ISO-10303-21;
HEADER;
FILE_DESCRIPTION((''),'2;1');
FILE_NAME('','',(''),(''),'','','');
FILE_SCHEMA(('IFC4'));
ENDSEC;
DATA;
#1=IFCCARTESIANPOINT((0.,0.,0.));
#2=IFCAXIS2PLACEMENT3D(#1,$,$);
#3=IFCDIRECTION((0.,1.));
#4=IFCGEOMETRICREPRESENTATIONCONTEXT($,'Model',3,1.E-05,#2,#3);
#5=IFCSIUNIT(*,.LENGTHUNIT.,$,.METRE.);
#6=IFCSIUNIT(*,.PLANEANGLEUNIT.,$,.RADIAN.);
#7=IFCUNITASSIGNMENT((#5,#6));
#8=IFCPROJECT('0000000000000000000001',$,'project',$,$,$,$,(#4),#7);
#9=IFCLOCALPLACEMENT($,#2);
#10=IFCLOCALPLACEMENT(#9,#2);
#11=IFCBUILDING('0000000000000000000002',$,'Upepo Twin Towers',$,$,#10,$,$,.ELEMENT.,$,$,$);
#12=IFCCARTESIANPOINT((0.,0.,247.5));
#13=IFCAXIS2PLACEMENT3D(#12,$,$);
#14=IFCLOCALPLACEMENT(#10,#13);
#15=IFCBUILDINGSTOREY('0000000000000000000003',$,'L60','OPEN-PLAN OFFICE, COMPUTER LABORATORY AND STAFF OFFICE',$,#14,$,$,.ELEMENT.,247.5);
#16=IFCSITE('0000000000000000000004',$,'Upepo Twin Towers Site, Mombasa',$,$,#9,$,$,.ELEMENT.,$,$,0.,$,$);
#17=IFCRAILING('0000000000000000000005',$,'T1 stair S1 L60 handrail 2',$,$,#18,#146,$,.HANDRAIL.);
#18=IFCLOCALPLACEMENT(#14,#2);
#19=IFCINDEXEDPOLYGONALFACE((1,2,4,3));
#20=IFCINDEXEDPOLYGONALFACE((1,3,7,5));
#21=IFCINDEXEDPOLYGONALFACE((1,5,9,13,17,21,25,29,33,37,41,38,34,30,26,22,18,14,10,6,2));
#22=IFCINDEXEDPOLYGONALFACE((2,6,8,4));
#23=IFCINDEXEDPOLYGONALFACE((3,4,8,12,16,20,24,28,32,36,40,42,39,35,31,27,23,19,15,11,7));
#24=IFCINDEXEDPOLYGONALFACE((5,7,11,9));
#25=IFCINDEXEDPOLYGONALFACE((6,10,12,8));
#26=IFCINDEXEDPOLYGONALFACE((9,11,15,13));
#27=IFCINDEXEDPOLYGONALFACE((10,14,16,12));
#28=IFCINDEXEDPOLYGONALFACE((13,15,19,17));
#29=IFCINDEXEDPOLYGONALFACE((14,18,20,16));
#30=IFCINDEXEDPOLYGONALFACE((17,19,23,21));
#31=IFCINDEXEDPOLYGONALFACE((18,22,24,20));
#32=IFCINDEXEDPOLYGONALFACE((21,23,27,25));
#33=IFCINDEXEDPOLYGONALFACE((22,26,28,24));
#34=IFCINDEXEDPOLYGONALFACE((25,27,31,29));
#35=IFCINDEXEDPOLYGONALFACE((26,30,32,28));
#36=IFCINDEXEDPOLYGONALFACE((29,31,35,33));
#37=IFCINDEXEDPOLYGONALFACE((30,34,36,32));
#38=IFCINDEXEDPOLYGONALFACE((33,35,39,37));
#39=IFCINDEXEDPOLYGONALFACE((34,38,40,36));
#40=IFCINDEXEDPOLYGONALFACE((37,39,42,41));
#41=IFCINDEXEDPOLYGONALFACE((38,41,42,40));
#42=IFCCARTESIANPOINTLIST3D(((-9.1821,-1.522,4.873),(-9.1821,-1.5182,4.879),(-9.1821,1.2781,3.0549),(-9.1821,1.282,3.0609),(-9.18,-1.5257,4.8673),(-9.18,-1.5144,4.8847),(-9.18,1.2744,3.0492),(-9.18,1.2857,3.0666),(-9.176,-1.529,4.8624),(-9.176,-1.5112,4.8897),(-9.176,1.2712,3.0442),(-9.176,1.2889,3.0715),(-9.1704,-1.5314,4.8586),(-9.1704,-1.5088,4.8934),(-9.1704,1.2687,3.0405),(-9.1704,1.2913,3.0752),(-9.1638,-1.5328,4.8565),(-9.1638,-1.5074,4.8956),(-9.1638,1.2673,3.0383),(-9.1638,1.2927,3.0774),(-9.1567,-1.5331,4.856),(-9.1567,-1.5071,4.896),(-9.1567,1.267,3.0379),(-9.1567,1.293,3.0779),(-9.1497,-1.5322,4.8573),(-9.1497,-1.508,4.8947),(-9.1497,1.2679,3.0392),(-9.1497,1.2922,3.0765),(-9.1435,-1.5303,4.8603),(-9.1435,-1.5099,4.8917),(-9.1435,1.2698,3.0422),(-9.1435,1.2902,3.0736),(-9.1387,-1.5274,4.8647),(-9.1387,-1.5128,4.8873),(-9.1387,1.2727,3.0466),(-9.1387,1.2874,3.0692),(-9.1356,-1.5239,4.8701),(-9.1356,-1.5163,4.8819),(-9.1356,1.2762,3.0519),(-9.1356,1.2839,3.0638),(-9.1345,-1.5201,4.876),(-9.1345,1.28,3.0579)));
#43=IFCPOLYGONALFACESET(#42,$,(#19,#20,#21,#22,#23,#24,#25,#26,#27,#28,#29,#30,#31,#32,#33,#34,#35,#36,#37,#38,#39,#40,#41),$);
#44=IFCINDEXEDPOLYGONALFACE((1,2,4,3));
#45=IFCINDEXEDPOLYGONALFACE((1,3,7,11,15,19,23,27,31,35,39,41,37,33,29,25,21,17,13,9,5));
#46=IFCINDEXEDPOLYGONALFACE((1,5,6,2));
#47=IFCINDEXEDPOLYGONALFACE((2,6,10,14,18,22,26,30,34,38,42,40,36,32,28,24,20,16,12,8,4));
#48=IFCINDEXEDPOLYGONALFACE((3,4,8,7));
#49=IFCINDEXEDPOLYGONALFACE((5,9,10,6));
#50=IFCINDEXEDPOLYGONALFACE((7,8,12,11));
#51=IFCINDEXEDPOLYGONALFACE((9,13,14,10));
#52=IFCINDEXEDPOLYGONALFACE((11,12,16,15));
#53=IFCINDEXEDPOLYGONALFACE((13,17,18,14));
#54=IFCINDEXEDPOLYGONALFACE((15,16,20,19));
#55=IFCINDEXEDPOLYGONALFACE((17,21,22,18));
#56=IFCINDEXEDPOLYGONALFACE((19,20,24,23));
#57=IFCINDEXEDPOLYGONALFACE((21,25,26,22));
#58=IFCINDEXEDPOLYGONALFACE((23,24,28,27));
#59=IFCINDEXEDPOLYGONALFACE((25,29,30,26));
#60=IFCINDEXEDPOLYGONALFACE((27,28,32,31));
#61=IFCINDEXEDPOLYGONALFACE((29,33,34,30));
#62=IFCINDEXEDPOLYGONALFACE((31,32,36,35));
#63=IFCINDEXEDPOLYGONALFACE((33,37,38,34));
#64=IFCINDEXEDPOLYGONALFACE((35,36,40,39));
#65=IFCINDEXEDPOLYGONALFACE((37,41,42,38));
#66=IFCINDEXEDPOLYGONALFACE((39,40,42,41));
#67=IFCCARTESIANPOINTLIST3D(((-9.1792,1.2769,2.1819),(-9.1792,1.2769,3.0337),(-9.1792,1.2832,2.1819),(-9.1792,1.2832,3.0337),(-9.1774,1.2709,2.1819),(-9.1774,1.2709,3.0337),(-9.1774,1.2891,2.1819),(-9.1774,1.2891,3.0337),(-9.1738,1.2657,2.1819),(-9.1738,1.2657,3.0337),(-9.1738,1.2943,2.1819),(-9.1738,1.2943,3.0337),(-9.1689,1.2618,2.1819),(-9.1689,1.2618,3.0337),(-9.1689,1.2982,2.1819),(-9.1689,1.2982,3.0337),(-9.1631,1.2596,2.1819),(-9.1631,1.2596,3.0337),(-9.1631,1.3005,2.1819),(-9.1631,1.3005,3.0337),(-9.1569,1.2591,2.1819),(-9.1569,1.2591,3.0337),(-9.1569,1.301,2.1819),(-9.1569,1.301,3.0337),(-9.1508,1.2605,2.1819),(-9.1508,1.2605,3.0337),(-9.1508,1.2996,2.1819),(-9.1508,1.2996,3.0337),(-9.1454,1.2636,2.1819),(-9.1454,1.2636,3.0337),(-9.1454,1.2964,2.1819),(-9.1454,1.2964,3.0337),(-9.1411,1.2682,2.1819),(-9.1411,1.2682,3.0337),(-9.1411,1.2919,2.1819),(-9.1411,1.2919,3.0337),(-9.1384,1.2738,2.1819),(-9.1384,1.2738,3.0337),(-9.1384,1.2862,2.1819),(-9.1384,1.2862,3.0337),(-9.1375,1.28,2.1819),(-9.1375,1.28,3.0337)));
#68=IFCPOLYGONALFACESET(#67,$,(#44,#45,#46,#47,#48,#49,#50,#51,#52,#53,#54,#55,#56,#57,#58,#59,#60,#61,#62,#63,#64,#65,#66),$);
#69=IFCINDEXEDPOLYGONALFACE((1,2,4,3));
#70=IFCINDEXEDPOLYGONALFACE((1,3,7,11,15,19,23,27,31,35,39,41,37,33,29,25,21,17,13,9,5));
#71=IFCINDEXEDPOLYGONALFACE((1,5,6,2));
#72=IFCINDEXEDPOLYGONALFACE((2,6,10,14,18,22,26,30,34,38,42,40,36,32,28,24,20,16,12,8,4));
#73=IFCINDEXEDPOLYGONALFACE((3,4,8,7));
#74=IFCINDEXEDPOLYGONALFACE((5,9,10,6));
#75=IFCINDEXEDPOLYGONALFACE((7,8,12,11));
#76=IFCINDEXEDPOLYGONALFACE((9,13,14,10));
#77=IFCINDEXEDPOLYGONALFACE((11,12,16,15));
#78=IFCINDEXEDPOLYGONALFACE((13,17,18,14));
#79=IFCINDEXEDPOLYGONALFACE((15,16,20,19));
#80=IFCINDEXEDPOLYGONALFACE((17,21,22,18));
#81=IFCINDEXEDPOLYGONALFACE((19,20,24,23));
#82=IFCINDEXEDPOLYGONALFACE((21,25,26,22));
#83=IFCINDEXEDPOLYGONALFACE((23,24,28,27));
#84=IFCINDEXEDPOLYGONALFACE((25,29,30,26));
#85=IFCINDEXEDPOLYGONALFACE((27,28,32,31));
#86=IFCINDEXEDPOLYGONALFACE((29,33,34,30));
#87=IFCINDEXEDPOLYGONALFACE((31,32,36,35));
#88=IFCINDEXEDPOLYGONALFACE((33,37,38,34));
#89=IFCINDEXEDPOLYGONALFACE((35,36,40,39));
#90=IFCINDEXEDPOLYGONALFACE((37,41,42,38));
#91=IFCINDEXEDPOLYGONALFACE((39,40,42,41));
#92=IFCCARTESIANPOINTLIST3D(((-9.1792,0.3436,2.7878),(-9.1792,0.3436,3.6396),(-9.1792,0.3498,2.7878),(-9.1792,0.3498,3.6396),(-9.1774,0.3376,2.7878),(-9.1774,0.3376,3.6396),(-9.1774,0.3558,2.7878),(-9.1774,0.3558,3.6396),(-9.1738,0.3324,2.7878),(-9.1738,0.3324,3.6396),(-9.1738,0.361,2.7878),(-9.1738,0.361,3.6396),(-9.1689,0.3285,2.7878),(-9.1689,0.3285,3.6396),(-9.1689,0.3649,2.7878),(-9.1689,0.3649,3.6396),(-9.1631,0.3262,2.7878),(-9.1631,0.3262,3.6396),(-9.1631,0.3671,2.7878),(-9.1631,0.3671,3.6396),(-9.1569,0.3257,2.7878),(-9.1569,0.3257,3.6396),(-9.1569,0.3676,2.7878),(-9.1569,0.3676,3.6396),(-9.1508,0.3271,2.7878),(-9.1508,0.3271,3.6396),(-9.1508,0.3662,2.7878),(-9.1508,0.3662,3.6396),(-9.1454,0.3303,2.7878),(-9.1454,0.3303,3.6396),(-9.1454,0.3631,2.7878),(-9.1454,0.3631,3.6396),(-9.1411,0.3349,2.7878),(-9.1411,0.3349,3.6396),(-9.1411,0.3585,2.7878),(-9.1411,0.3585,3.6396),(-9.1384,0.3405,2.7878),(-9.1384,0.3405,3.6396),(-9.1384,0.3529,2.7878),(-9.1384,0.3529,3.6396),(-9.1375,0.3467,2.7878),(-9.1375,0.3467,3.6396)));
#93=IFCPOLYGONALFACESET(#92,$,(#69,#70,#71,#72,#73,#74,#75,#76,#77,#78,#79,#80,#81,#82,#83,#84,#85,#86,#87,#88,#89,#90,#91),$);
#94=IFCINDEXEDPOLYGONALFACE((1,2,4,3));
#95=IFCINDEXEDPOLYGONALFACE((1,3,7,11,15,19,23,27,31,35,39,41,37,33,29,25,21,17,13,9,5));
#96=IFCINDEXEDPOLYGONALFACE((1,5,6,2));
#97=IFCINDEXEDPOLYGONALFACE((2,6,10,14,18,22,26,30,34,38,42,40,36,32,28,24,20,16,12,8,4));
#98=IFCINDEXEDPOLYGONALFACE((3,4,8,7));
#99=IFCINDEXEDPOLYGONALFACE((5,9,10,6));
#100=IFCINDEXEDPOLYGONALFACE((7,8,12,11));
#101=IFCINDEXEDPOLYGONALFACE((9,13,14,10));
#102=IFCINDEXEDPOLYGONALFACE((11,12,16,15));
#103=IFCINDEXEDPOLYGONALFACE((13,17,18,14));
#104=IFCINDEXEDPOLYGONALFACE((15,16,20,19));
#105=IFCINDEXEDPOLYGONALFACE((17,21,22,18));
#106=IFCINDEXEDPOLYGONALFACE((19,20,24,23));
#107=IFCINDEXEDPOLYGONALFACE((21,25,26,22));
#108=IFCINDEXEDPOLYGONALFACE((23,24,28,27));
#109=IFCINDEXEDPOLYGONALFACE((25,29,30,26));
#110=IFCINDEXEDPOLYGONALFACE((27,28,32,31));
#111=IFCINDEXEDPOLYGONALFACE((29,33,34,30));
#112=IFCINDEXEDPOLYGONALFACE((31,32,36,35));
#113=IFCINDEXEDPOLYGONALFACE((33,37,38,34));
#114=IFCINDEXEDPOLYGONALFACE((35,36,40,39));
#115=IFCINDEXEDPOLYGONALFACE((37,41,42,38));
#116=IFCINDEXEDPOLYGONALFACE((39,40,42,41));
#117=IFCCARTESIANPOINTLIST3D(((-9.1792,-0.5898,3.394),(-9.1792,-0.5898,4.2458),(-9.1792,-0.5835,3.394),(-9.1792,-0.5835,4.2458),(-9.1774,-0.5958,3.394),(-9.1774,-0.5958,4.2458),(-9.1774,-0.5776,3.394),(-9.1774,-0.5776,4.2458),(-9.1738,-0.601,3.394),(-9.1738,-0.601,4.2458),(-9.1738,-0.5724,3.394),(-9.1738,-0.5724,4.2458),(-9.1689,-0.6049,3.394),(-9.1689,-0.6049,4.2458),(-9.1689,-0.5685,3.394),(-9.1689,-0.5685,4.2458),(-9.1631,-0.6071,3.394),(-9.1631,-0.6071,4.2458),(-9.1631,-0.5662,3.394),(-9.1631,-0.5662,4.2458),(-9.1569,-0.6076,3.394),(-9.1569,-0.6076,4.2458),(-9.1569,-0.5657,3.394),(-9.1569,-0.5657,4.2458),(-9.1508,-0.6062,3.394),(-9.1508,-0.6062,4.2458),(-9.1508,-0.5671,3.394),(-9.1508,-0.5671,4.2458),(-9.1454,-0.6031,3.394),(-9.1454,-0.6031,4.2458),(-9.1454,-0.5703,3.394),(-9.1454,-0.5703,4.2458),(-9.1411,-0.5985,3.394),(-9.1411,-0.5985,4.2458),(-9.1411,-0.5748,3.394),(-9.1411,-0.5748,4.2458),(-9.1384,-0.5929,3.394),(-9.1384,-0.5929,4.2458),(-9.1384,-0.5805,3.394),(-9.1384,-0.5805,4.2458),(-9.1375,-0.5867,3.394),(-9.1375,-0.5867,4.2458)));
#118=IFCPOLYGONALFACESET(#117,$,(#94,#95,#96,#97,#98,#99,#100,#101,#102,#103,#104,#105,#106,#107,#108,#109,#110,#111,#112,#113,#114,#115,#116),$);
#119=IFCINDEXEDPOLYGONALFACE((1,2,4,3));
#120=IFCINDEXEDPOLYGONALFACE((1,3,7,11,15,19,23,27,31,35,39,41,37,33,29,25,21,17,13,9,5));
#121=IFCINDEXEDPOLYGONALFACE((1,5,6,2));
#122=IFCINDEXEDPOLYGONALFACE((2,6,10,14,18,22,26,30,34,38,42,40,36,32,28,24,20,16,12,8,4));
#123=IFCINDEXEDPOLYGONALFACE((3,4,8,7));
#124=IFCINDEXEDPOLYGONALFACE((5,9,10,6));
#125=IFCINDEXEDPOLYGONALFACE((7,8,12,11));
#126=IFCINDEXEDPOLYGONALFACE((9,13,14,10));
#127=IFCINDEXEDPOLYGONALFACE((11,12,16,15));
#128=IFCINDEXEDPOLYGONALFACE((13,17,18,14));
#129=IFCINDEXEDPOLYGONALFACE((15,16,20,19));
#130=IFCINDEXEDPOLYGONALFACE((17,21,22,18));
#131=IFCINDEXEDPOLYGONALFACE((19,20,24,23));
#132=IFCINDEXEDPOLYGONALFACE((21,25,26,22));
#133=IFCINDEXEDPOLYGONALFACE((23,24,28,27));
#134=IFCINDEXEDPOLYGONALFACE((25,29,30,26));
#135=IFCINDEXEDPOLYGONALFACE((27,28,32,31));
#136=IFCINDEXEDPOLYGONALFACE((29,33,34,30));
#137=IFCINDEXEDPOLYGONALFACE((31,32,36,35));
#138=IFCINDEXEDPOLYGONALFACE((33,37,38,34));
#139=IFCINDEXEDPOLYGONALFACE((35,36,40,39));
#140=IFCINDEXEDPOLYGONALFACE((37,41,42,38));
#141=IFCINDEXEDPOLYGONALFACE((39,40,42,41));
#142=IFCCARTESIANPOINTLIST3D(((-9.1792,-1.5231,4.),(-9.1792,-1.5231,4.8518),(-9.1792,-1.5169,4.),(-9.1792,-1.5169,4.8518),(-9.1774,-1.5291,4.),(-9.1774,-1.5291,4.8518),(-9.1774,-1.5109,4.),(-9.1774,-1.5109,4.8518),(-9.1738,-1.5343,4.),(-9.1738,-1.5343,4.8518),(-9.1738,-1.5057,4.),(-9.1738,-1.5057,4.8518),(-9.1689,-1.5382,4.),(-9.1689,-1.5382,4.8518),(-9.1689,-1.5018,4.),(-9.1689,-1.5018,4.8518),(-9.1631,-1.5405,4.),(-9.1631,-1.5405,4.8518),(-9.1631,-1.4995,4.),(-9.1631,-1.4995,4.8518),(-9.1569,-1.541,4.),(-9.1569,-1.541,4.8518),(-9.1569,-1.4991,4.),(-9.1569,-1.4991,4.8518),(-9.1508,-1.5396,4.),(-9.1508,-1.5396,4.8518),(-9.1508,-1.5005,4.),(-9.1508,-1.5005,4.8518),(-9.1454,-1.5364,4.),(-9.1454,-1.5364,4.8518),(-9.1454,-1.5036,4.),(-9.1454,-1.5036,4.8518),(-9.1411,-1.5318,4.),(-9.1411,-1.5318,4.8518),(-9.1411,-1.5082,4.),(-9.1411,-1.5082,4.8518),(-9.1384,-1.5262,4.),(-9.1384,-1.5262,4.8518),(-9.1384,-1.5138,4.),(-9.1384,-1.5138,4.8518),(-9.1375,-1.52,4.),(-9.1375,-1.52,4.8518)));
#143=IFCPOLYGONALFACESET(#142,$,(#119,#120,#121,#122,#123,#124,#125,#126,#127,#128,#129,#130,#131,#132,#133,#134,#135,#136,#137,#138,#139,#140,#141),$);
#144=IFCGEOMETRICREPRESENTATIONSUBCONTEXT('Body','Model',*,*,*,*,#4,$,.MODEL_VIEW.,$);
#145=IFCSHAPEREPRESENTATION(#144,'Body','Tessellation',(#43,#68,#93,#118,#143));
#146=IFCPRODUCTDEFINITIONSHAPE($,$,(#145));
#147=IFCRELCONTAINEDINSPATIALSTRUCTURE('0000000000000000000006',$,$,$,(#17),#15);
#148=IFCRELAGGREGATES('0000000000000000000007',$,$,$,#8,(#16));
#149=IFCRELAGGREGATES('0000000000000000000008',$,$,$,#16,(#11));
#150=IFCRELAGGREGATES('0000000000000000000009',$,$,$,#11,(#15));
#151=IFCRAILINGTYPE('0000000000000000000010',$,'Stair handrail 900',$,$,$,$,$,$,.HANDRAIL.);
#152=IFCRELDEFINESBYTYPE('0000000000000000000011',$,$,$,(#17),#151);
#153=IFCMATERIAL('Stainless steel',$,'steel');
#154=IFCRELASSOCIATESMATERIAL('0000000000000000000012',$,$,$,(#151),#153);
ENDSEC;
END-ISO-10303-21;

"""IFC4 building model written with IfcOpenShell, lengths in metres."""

from ifc_helpers import new_model, si_unit, direction, frame, origin, origin_2d, place, context, subcontext, project, spatial, circle, extrude, material, type_object, element, save


model = new_model("IFC4")

# Units and contexts
model_context = context("Model", 3, precision=1e-05, world=origin(), true_north=direction((0.0, 1.0)))
body_context = subcontext(model_context, "Body", "Model", "MODEL_VIEW")
ifc_project = project(units=[si_unit("LENGTHUNIT", "METRE"), si_unit("PLANEANGLEUNIT", "RADIAN")], contexts=[model_context])

# Site, building, storey
site_placement = place(None, origin())
site = spatial("IfcSite", under=ifc_project, at=site_placement, Name="Upepo Twin Towers Site, Mombasa", CompositionType="ELEMENT", RefElevation=0.0)
building_placement = place(site_placement, origin())
building = spatial("IfcBuilding", under=site, at=building_placement, Name="Upepo Twin Towers", CompositionType="ELEMENT")
storey_placement = place(building_placement, frame((0.0, 0.0, 247.5)))
storey = spatial("IfcBuildingStorey", under=building, at=storey_placement, Name="L60", Description="OPEN-PLAN OFFICE, COMPUTER LABORATORY AND STAFF OFFICE", CompositionType="ELEMENT", Elevation=247.5)

# Railing
ifc_material_1 = material(Name="Stainless steel", Category="steel")
railing_type = type_object("IfcRailingType", Name="Stair handrail 900", PredefinedType="HANDRAIL", material=ifc_material_1)
railing_placement = place(storey_placement, frame((-9.1584, 1.28, 2.1819)))
element("IfcRailing", 1, at=railing_placement, inside=storey, type_object=railing_type, Name="T1 stair S1 L60 handrail 2", PredefinedType="HANDRAIL", context=body_context, shape_type="SweptSolid", body=[
    extrude(circle(Radius=0.0239, at=origin_2d()), frame((0.0, 0.0, 0.876), z_axis=(0.0, -0.838706, 0.544585), x_axis=(1.0, 0.0, 0.0)), (0.0, 0.0, 1.0), 3.3386),
    extrude(circle(Radius=0.021, at=origin_2d()), origin(), (0.0, 0.0, 1.0), 0.8518),
    extrude(circle(Radius=0.021, at=origin_2d()), frame((0.0, -0.9333, 0.606)), (0.0, 0.0, 1.0), 0.8518),
    extrude(circle(Radius=0.021, at=origin_2d()), frame((0.0, -1.8667, 1.2122)), (0.0, 0.0, 1.0), 0.8518),
    extrude(circle(Radius=0.021, at=origin_2d()), frame((0.0, -2.8, 1.8181)), (0.0, 0.0, 1.0), 0.8518),
])

save(model, "model.ifc")
